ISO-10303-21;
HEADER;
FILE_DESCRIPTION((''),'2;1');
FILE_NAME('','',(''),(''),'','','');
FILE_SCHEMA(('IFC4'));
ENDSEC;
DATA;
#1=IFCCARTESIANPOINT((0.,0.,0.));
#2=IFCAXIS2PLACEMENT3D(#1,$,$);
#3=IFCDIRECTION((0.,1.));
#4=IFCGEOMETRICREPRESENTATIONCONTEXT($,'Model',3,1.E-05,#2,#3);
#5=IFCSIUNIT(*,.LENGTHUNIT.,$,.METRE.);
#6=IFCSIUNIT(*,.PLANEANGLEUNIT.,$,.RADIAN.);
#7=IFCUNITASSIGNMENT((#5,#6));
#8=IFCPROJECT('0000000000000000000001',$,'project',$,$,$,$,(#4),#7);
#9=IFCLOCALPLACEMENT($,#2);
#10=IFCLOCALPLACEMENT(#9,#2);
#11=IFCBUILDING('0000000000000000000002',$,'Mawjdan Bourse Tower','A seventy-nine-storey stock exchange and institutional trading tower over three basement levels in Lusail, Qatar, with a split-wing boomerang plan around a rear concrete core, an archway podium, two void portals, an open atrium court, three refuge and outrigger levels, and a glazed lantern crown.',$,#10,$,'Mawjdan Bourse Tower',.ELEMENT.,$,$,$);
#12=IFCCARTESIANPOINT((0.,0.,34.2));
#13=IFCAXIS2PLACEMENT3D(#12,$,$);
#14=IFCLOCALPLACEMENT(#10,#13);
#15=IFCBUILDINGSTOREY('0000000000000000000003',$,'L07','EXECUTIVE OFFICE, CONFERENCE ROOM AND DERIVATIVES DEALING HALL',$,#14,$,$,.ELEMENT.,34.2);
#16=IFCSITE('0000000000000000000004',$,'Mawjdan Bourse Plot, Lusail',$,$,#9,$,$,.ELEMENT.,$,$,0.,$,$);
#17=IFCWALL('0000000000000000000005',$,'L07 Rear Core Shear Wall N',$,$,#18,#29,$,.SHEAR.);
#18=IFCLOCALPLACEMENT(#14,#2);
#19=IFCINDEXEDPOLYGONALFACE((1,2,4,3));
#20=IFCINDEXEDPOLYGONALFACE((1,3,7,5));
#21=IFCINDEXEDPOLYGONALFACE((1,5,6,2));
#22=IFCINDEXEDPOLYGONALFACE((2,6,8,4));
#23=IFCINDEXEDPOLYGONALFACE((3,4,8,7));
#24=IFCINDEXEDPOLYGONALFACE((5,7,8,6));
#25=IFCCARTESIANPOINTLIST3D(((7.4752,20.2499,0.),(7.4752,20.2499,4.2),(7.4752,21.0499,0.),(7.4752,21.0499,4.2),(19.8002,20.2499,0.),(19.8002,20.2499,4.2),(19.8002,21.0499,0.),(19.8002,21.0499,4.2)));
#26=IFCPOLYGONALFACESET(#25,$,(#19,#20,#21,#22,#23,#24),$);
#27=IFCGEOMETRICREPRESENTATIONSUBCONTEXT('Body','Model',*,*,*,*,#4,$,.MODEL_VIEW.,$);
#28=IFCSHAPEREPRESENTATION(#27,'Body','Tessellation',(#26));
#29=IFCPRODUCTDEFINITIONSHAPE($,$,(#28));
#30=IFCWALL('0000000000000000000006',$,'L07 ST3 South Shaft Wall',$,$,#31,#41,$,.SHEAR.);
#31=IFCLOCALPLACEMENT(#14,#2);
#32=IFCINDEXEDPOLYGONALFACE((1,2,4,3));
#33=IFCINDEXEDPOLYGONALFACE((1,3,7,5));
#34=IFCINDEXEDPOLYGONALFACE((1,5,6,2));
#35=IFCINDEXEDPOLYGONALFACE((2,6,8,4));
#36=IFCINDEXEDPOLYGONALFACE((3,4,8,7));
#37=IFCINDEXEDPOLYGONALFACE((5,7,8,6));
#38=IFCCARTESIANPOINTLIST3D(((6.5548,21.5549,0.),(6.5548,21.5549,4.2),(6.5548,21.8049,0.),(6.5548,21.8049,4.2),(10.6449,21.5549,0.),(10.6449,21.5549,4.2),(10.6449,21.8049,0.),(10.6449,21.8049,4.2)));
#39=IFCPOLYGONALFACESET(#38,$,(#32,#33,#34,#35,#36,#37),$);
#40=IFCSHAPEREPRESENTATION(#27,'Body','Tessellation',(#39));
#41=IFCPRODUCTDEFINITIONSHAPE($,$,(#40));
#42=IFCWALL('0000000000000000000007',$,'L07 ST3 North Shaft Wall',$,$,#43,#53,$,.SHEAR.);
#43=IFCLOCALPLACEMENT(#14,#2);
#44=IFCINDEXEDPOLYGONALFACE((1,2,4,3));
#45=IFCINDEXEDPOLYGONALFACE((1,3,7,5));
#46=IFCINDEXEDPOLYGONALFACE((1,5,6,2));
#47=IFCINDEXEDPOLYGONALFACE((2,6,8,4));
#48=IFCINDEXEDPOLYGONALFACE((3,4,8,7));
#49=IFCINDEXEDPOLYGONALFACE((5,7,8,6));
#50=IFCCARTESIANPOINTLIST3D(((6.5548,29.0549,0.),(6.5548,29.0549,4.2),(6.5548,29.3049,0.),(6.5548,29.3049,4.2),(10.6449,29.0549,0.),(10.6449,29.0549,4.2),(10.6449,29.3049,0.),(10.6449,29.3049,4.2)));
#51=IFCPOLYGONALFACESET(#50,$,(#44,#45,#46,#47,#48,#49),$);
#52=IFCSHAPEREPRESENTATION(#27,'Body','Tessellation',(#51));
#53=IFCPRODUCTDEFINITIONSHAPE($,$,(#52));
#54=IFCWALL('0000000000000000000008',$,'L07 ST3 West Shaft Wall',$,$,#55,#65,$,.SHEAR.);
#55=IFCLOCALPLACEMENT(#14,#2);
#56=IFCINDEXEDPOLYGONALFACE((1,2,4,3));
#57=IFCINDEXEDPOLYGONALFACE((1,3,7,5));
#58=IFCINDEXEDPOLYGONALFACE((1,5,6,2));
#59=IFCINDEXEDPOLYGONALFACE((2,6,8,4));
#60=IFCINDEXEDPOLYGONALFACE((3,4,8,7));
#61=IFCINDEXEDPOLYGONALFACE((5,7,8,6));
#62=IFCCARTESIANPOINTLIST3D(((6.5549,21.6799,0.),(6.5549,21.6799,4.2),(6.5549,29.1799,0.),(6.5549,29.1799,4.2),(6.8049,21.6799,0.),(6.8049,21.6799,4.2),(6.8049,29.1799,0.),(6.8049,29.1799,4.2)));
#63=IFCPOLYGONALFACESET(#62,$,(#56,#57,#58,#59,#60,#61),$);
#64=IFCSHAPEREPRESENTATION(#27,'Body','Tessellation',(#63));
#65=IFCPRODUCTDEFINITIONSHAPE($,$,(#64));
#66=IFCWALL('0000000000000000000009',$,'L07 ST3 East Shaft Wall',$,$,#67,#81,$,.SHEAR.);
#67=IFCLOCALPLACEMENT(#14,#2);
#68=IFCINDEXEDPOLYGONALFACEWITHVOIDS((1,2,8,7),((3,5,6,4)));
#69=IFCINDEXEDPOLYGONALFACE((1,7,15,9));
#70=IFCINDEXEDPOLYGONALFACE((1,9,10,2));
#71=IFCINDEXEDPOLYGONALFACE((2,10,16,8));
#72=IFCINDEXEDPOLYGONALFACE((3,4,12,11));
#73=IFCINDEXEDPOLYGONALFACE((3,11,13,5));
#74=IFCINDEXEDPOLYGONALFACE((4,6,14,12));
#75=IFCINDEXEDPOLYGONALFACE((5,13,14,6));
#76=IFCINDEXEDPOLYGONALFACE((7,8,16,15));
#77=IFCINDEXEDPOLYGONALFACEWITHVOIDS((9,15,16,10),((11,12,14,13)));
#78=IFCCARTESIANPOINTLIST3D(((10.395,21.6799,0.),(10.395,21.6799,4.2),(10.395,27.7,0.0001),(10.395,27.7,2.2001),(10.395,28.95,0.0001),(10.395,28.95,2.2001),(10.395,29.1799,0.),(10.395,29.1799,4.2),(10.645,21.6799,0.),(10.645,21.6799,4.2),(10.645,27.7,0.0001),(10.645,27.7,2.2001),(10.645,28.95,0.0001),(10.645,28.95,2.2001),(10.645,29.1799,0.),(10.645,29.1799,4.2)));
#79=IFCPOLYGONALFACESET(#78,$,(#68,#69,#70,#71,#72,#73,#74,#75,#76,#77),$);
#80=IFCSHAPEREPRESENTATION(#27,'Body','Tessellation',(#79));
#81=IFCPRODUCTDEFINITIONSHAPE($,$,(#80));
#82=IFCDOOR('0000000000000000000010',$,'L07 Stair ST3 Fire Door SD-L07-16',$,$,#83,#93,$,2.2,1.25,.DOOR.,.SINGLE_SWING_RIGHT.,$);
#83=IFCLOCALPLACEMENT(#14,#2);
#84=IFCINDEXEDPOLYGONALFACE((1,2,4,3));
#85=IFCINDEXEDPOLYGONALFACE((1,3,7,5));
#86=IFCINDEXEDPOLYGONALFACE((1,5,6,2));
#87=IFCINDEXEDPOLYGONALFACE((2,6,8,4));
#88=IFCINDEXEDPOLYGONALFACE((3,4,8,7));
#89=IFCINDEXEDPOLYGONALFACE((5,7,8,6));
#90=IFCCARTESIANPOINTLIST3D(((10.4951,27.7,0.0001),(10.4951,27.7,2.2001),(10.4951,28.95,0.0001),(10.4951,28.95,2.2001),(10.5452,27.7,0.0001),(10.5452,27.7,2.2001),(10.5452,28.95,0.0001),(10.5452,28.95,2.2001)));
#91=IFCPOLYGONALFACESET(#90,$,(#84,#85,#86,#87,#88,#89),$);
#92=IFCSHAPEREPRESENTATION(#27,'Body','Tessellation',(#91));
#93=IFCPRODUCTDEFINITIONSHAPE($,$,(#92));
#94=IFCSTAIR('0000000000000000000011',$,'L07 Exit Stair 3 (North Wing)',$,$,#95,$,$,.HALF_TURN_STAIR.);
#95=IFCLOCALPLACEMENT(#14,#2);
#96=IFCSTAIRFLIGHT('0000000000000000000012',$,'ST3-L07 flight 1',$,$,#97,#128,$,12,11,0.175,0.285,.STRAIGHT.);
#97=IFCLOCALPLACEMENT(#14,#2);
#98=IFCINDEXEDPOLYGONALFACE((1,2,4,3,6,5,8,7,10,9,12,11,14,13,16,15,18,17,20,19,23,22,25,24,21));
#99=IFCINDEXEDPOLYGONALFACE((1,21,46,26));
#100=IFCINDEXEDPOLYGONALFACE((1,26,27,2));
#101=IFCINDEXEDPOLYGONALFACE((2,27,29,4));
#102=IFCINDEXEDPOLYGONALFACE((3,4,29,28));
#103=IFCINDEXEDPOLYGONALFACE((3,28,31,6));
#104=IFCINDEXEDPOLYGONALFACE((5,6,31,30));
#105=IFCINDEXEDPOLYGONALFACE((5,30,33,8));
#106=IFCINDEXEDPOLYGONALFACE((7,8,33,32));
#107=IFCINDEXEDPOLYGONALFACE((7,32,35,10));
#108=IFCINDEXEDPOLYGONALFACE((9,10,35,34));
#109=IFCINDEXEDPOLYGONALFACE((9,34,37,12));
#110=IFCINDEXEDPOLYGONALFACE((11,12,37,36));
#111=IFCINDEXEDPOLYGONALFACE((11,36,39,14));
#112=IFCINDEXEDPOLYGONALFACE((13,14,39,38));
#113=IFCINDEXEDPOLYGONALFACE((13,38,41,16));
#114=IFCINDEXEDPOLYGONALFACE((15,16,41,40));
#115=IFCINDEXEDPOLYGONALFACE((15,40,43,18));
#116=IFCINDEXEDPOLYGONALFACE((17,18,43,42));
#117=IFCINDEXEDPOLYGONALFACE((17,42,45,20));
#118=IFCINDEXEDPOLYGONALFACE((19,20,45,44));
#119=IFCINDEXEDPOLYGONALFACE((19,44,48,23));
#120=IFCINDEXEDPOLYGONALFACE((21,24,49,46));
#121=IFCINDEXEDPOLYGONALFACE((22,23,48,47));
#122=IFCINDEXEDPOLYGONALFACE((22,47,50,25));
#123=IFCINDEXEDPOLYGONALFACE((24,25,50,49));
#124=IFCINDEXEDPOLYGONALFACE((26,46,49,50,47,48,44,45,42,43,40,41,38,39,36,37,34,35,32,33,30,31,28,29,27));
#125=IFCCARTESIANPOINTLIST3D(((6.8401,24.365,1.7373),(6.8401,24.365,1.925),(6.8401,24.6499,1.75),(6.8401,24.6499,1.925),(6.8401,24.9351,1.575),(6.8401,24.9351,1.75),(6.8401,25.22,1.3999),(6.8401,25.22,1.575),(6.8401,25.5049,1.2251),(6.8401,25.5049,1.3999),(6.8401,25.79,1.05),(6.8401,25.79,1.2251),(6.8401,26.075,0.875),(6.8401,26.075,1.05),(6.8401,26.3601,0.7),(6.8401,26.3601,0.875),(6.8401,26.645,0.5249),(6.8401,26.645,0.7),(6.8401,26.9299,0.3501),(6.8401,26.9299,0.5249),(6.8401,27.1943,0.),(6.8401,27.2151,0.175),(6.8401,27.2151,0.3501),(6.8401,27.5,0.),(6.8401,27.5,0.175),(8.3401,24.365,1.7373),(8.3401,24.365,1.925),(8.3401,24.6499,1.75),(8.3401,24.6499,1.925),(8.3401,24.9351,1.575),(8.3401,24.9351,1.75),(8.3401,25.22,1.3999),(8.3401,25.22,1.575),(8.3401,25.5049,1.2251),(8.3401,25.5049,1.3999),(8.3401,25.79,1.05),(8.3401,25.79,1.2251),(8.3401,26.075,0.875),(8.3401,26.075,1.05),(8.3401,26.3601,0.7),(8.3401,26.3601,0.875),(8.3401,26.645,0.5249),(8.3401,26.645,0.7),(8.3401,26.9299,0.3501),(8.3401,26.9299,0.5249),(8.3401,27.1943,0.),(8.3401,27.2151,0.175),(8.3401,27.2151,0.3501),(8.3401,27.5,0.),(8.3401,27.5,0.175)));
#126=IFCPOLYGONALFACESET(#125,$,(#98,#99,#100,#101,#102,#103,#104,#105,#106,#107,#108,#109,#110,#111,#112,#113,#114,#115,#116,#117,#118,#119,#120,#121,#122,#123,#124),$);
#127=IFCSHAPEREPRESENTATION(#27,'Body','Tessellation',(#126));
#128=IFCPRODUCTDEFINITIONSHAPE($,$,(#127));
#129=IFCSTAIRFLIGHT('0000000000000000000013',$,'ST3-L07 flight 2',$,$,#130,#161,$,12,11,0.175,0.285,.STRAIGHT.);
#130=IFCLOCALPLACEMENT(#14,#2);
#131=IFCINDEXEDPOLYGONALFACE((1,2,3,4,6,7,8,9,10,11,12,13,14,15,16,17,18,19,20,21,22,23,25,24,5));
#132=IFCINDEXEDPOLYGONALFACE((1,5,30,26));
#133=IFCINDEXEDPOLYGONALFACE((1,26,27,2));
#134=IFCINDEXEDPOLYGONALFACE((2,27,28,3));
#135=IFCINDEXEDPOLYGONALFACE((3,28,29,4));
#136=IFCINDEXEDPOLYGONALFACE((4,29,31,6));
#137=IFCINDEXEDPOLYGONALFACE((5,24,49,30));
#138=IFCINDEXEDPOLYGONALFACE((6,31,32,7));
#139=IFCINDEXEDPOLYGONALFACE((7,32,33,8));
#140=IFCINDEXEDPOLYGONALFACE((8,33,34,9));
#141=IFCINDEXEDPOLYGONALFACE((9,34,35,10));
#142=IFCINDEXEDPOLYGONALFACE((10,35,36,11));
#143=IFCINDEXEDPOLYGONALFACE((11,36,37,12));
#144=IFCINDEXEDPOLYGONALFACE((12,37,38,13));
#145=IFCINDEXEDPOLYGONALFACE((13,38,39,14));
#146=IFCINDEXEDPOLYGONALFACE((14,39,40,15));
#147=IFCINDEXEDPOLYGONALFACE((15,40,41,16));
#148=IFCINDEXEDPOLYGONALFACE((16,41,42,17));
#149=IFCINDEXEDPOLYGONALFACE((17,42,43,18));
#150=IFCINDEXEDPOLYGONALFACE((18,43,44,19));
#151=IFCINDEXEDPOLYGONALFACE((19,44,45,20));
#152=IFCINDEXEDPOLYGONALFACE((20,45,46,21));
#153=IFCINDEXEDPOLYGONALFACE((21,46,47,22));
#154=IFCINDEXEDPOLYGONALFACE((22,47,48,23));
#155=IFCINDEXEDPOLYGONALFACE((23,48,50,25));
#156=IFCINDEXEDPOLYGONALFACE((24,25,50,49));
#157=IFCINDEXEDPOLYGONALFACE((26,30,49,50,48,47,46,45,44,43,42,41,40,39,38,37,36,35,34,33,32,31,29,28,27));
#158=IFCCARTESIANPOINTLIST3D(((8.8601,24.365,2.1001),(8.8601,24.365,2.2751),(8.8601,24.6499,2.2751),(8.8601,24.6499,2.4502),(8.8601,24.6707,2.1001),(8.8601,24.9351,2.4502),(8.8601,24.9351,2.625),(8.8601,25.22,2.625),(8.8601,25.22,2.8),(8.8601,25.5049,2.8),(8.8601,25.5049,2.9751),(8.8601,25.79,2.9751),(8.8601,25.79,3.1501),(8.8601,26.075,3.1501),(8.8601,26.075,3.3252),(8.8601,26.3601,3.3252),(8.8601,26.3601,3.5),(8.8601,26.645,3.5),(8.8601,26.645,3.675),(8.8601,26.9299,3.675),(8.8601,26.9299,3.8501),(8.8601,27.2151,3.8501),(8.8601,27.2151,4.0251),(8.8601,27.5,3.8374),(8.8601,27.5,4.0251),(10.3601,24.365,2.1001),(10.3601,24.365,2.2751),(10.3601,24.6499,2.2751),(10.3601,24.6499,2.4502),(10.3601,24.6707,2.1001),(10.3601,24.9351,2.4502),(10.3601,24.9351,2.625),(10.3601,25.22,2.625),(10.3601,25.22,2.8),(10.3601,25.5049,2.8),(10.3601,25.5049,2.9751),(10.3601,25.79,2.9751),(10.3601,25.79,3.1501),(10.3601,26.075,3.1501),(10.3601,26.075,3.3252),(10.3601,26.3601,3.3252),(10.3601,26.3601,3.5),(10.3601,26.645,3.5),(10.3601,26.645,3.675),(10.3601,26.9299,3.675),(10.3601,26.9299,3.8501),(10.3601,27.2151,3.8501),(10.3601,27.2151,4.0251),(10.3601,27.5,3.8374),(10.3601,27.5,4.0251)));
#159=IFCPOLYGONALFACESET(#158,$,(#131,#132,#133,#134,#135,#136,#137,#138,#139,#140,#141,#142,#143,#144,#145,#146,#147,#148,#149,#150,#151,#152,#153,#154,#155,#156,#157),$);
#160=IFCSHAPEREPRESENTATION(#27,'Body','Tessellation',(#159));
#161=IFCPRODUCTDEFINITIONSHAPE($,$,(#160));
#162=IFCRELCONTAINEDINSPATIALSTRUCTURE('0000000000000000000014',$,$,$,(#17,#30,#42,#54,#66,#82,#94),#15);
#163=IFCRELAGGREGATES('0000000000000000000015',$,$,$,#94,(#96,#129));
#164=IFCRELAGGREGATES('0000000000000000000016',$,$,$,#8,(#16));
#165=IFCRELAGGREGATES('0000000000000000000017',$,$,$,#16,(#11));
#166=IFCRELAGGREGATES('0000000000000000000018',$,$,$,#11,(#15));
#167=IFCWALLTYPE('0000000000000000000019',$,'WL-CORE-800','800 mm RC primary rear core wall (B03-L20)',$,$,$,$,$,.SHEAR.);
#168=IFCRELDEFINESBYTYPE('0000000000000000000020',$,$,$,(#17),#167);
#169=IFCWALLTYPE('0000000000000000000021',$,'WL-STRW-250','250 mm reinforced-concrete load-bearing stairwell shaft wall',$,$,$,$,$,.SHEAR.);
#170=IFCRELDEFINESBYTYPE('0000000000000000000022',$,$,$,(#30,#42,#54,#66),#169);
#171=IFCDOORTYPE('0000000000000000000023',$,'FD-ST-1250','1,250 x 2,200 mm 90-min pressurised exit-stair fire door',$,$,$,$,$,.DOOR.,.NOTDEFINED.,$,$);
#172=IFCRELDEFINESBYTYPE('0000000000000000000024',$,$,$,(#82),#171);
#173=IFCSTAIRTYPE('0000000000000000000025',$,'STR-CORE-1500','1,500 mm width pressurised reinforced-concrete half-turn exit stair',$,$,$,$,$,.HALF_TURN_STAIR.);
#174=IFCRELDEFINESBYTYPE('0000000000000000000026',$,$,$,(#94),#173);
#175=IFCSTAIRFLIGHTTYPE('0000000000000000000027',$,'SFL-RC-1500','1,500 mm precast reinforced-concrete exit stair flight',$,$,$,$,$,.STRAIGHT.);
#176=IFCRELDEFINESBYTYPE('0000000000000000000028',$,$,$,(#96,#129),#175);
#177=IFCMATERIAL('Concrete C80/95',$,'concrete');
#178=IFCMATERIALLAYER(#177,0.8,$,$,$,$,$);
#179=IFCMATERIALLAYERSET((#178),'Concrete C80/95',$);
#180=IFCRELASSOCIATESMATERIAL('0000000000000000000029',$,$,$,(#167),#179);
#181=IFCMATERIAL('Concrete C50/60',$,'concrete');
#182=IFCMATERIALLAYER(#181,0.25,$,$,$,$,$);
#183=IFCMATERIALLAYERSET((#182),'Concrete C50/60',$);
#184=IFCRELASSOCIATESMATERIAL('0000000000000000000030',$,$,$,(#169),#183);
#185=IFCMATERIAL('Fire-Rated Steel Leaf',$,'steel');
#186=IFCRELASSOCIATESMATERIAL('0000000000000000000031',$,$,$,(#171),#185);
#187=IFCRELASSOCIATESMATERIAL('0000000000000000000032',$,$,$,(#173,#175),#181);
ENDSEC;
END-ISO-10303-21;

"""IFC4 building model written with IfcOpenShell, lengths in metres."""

from ifc_helpers import new_model, si_unit, direction, frame, frame_2d, origin, place, context, subcontext, project, spatial, polyline, rectangle, outline, extrude, material, layer, layer_set, type_object, element, fill, aggregate, save


model = new_model("IFC4")

# Units and contexts
model_context = context("Model", 3, precision=1e-05, world=origin(), true_north=direction((0.0, 1.0)))
body_context = subcontext(model_context, "Body", "Model", "MODEL_VIEW")
ifc_project = project(units=[si_unit("LENGTHUNIT", "METRE"), si_unit("PLANEANGLEUNIT", "RADIAN")], contexts=[model_context])

# Site, building, storey
site_placement = place(None, origin())
site = spatial("IfcSite", under=ifc_project, at=site_placement, Name="Mawjdan Bourse Plot, Lusail", CompositionType="ELEMENT", RefElevation=0.0)
building_placement = place(site_placement, origin())
building = spatial("IfcBuilding", under=site, at=building_placement, Name="Mawjdan Bourse Tower", Description="A seventy-nine-storey stock exchange and institutional trading tower over three basement levels in Lusail, Qatar, with a split-wing boomerang plan around a rear concrete core, an archway podium, two void portals, an open atrium court, three refuge and outrigger levels, and a glazed lantern crown.", LongName="Mawjdan Bourse Tower", CompositionType="ELEMENT")
storey_placement = place(building_placement, frame((0.0, 0.0, 34.2)))
storey = spatial("IfcBuildingStorey", under=building, at=storey_placement, Name="L07", Description="EXECUTIVE OFFICE, CONFERENCE ROOM AND DERIVATIVES DEALING HALL", CompositionType="ELEMENT", Elevation=34.2)

# Shared definitions
ifc_material_1 = material(Name="Concrete C80/95", Category="concrete")

# Walls
ifc_layer_1 = layer(ifc_material_1, 0.8)
ifc_layer_set_1 = layer_set([ifc_layer_1], Name="Concrete C80/95")
wall_type_1 = type_object("IfcWallType", Name="WL-CORE-800", Description="800 mm RC primary rear core wall (B03-L20)", PredefinedType="SHEAR", material=ifc_layer_set_1)
wall_1_placement = place(storey_placement, frame((7.4751, 20.6499, 0.0), z_axis=(0.0, 0.0, 1.0), x_axis=(1.0, 0.0, 0.0)))
element("IfcWall", 1, at=wall_1_placement, inside=storey, type_object=wall_type_1, Name="L07 Rear Core Shear Wall N", PredefinedType="SHEAR", context=body_context, shape_type="SweptSolid", body=[
    extrude(rectangle(XDim=12.325, YDim=0.8, at=frame_2d((6.1626, 0.0))), origin(), (0.0, 0.0, 1.0), 4.2),
])
ifc_material_2 = material(Name="Concrete C50/60", Category="concrete")
ifc_layer_2 = layer(ifc_material_2, 0.25)
ifc_layer_set_2 = layer_set([ifc_layer_2], Name="Concrete C50/60")
wall_type_2 = type_object("IfcWallType", Name="WL-STRW-250", Description="250 mm reinforced-concrete load-bearing stairwell shaft wall", PredefinedType="SHEAR", material=ifc_layer_set_2)
for number, where, z_axis, x_axis, name in (
    (2, (6.5549, 21.6799, 0.0), (0.0, 0.0, 1.0), (1.0, 0.0, 0.0), "L07 ST3 South Shaft Wall"),
    (3, (6.5549, 29.1799, 0.0), (0.0, 0.0, 1.0), (1.0, 0.0, 0.0), "L07 ST3 North Shaft Wall"),
):
    element("IfcWall", number, at=place(storey_placement, frame(where, z_axis=z_axis, x_axis=x_axis)), inside=storey, type_object=wall_type_2, Name=name, PredefinedType="SHEAR", context=body_context, shape_type="SweptSolid", body=[
        extrude(rectangle(XDim=4.0901, YDim=0.25, at=frame_2d((2.0449, 0.0))), origin(), (0.0, 0.0, 1.0), 4.2),
    ])
wall_2_placement = place(storey_placement, frame((6.6799, 21.6799, 0.0), z_axis=(0.0, 0.0, 1.0), x_axis=(0.0, 1.0, 0.0)))
element("IfcWall", 4, at=wall_2_placement, inside=storey, type_object=wall_type_2, Name="L07 ST3 West Shaft Wall", PredefinedType="SHEAR", context=body_context, shape_type="SweptSolid", body=[
    extrude(rectangle(XDim=7.5, YDim=0.25, at=frame_2d((3.75, 0.0))), origin(), (0.0, 0.0, 1.0), 4.2),
])

# Wall, opening, door
wall_3_placement = place(storey_placement, frame((10.52, 21.6799, 0.0), z_axis=(0.0, 0.0, 1.0), x_axis=(0.0, 1.0, 0.0)))
wall_3 = element("IfcWall", 5, at=wall_3_placement, inside=storey, type_object=wall_type_2, Name="L07 ST3 East Shaft Wall", PredefinedType="SHEAR", context=body_context, shape_type="SweptSolid", body=[
    extrude(rectangle(XDim=7.5, YDim=0.25, at=frame_2d((3.75, 0.0))), origin(), (0.0, 0.0, 1.0), 4.2),
])
opening_placement = place(wall_3_placement, frame((6.02, 0.0, 0.0)))
opening = element("IfcOpeningElement", 6, at=opening_placement, cuts=wall_3, PredefinedType="OPENING", context=body_context, shape_type="SweptSolid", body=[
    extrude(rectangle(XDim=1.25, YDim=2.2, at=frame_2d((0.625, 1.1001))), frame((0.0, 0.135, 0.0), z_axis=(0.0, -1.0, 0.0), x_axis=(1.0, 0.0, 0.0)), (0.0, 0.0, 1.0), 0.27),
])
ifc_material_3 = material(Name="Fire-Rated Steel Leaf", Category="steel")
door_type = type_object("IfcDoorType", Name="FD-ST-1250", Description="1,250 x 2,200 mm 90-min pressurised exit-stair fire door", OperationType="NOTDEFINED", PredefinedType="DOOR", material=ifc_material_3)
door_placement = place(opening_placement, origin())
door = element("IfcDoor", 7, at=door_placement, inside=storey, type_object=door_type, Name="L07 Stair ST3 Fire Door SD-L07-16", OperationType="SINGLE_SWING_RIGHT", OverallHeight=2.2, OverallWidth=1.25, PredefinedType="DOOR", context=body_context, shape_type="SweptSolid", body=[
    extrude(rectangle(XDim=1.25, YDim=2.2, at=frame_2d((0.625, 1.1001))), frame((0.0, 0.0249, 0.0), z_axis=(0.0, -1.0, 0.0), x_axis=(1.0, 0.0, 0.0)), (0.0, 0.0, 1.0), 0.05),
])
fill(opening, door)

# Stair, stair flights
stair_type = type_object("IfcStairType", Name="STR-CORE-1500", Description="1,500 mm width pressurised reinforced-concrete half-turn exit stair", PredefinedType="HALF_TURN_STAIR", material=ifc_material_2)
stair_placement = place(storey_placement, origin())
stair = element("IfcStair", 8, at=stair_placement, inside=storey, type_object=stair_type, Name="L07 Exit Stair 3 (North Wing)", PredefinedType="HALF_TURN_STAIR")
stair_flight_type = type_object("IfcStairFlightType", Name="SFL-RC-1500", Description="1,500 mm precast reinforced-concrete exit stair flight", PredefinedType="STRAIGHT", material=ifc_material_2)
stair_flight_1_placement = place(storey_placement, frame((7.5901, 27.5, 0.0), z_axis=(0.0, 0.0, 1.0), x_axis=(0.0, -1.0, 0.0)))
stair_flight_1 = element("IfcStairFlight", 9, at=stair_flight_1_placement, type_object=stair_flight_type, Name="ST3-L07 flight 1", NumberOfRisers=12, NumberOfTreads=11, PredefinedType="STRAIGHT", RiserHeight=0.175, TreadLength=0.285, context=body_context, shape_type="SweptSolid", body=[
    extrude(outline(polyline([(0.0, 0.0), (0.0, 0.175), (0.2849, 0.175), (0.2849, 0.3501), (0.5701, 0.3501), (0.5701, 0.5249), (0.855, 0.5249), (0.855, 0.7), (1.1399, 0.7), (1.1399, 0.875), (1.425, 0.875), (1.425, 1.05), (1.71, 1.05), (1.71, 1.2251), (1.9951, 1.2251), (1.9951, 1.3999), (2.28, 1.3999), (2.28, 1.575), (2.5649, 1.575), (2.5649, 1.75), (2.8501, 1.75), (2.8501, 1.925), (3.135, 1.925), (3.135, 2.1001), (3.135, 1.7373), (0.3057, 0.0), (0.0, 0.0)])), frame((0.0, 0.75, 0.0), z_axis=(0.0, -1.0, 0.0), x_axis=(1.0, 0.0, 0.0)), (0.0, 0.0, 1.0), 1.5),
])
stair_flight_2_placement = place(storey_placement, frame((9.6101, 24.365, 2.1001), z_axis=(0.0, 0.0, 1.0), x_axis=(0.0, 1.0, 0.0)))
stair_flight_2 = element("IfcStairFlight", 10, at=stair_flight_2_placement, type_object=stair_flight_type, Name="ST3-L07 flight 2", NumberOfRisers=12, NumberOfTreads=11, PredefinedType="STRAIGHT", RiserHeight=0.175, TreadLength=0.285, context=body_context, shape_type="SweptSolid", body=[
    extrude(outline(polyline([(0.0, 0.0), (0.0, 0.175), (0.2849, 0.175), (0.2849, 0.3501), (0.5701, 0.3501), (0.5701, 0.5249), (0.855, 0.5249), (0.855, 0.7), (1.1399, 0.7), (1.1399, 0.875), (1.425, 0.875), (1.425, 1.05), (1.71, 1.05), (1.71, 1.2251), (1.9951, 1.2251), (1.9951, 1.3999), (2.28, 1.3999), (2.28, 1.575), (2.5649, 1.575), (2.5649, 1.75), (2.8501, 1.75), (2.8501, 1.925), (3.135, 1.925), (3.135, 2.1001), (3.135, 1.7373), (0.3057, 0.0), (0.0, 0.0)])), frame((0.0, 0.75, 0.0), z_axis=(0.0, -1.0, 0.0), x_axis=(1.0, 0.0, 0.0)), (0.0, 0.0, 1.0), 1.5),
])
aggregate(stair, [stair_flight_1, stair_flight_2])

save(model, "model.ifc")
